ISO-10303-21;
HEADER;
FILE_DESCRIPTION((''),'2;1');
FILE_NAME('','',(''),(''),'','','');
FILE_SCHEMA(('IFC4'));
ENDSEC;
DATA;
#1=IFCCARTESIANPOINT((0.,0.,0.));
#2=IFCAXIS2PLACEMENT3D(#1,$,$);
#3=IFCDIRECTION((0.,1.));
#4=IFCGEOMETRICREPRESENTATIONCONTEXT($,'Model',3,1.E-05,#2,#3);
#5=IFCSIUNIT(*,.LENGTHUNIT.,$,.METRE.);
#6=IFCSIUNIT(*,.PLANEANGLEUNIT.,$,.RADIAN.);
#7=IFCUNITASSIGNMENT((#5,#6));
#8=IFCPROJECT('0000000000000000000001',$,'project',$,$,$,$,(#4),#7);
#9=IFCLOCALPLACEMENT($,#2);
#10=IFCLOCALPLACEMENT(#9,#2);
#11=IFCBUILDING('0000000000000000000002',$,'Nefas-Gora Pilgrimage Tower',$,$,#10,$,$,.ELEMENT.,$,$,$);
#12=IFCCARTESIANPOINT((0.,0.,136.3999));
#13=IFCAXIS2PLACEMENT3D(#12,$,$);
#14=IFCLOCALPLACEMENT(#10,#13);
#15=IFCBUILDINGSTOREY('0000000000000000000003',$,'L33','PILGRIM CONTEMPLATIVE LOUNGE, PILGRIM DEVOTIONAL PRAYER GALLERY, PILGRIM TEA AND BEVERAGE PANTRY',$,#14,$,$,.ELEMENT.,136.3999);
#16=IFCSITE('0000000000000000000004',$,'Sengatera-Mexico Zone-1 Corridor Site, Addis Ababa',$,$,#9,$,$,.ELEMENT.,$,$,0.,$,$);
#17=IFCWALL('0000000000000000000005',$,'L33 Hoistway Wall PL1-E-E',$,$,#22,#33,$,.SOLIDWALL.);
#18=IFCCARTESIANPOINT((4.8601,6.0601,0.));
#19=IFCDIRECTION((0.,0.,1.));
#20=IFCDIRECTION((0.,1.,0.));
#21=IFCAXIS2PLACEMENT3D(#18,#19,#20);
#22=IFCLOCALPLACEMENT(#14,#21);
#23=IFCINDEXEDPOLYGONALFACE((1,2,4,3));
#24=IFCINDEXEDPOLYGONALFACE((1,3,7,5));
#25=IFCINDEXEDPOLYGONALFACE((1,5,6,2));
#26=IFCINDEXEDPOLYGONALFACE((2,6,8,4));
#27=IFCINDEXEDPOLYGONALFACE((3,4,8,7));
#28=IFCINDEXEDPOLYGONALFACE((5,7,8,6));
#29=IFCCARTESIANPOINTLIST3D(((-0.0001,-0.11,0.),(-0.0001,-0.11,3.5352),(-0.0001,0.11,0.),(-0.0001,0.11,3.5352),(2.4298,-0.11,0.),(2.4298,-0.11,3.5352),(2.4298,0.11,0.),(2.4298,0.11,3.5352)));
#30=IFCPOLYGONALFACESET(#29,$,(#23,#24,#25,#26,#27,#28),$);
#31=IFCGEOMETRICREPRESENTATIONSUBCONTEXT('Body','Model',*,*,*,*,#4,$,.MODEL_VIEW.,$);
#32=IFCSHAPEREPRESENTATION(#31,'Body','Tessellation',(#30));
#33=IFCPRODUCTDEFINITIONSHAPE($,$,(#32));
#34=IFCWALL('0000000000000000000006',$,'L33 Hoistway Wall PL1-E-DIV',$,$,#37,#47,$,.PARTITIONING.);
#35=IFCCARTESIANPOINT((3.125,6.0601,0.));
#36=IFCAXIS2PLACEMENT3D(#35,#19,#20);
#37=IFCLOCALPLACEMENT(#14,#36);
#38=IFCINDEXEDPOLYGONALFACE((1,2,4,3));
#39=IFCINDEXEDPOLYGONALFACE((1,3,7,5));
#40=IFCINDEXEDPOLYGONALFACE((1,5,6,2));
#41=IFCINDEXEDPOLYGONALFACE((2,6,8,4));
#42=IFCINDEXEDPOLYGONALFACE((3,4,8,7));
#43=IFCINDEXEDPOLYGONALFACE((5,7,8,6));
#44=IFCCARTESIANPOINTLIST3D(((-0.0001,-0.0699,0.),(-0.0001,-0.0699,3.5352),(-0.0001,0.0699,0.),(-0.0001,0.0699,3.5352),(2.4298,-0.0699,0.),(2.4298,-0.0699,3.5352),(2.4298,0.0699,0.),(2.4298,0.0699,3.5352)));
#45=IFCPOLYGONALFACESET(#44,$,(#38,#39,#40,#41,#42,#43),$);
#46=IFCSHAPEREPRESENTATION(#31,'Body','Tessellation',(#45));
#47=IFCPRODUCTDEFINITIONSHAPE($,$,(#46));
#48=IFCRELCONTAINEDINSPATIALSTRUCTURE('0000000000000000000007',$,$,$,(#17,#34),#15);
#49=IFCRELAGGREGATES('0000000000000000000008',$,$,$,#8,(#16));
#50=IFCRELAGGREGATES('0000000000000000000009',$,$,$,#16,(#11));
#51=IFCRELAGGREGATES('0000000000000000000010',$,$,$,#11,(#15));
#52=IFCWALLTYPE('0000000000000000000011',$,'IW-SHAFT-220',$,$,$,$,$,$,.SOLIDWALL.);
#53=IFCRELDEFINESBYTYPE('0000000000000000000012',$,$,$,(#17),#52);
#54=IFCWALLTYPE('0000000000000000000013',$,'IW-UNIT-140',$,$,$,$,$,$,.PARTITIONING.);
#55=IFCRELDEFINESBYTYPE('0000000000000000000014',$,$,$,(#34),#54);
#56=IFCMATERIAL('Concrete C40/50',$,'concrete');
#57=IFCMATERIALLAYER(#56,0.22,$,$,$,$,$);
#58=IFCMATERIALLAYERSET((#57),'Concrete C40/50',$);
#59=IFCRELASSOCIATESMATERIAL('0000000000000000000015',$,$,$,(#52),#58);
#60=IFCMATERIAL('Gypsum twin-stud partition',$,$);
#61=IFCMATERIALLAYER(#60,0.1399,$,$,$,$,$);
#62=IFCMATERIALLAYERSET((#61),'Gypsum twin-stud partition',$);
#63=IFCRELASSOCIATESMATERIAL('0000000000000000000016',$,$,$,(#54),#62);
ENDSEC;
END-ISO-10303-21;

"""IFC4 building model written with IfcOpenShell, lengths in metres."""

from ifc_helpers import new_model, si_unit, direction, frame, frame_2d, origin, place, context, subcontext, project, spatial, rectangle, extrude, source, transform, mapped, material, layer, layer_set, type_object, element, save


model = new_model("IFC4")

# Units and contexts
model_context = context("Model", 3, precision=1e-05, world=origin(), true_north=direction((0.0, 1.0)))
body_context = subcontext(model_context, "Body", "Model", "MODEL_VIEW")
ifc_project = project(units=[si_unit("LENGTHUNIT", "METRE"), si_unit("PLANEANGLEUNIT", "RADIAN")], contexts=[model_context])

# Site, building, storey
site_placement = place(None, origin())
site = spatial("IfcSite", under=ifc_project, at=site_placement, Name="Sengatera-Mexico Zone-1 Corridor Site, Addis Ababa", CompositionType="ELEMENT", RefElevation=0.0)
building_placement = place(site_placement, origin())
building = spatial("IfcBuilding", under=site, at=building_placement, Name="Nefas-Gora Pilgrimage Tower", CompositionType="ELEMENT")
storey_placement = place(building_placement, frame((0.0, 0.0, 136.3999)))
storey = spatial("IfcBuildingStorey", under=building, at=storey_placement, Name="L33", Description="PILGRIM CONTEMPLATIVE LOUNGE, PILGRIM DEVOTIONAL PRAYER GALLERY, PILGRIM TEA AND BEVERAGE PANTRY", CompositionType="ELEMENT", Elevation=136.3999)

# Shared definitions
ifc_material_1 = material(Name="Concrete C40/50", Category="concrete")
ifc_layer_1 = layer(ifc_material_1, 0.22)
ifc_layer_set_1 = layer_set([ifc_layer_1], Name="Concrete C40/50")
wall_type_1 = type_object("IfcWallType", Name="IW-SHAFT-220", PredefinedType="SOLIDWALL", material=ifc_layer_set_1)

# Walls
shared_shape_1 = source(origin(), body_context, "Body", "SweptSolid", [
    extrude(rectangle(XDim=2.4299, YDim=0.22, at=frame_2d((1.2148, 0.0))), origin(), (0.0, 0.0, 1.0), 3.5352),
])
wall_1_placement = place(storey_placement, frame((4.8601, 6.0601, 0.0), z_axis=(0.0, 0.0, 1.0), x_axis=(0.0, 1.0, 0.0)))
element("IfcWall", 1, at=wall_1_placement, inside=storey, type_object=wall_type_1, Name="L33 Hoistway Wall PL1-E-E", PredefinedType="SOLIDWALL", context=body_context, shape_type="MappedRepresentation", body=[
    mapped(shared_shape_1, transform((0.0, 0.0, 0.0), x_axis=(1.0, 0.0, 0.0), y_axis=(0.0, 1.0, 0.0), z_axis=(0.0, 0.0, 1.0), scale=1.0)),
])
ifc_material_2 = material(Name="Gypsum twin-stud partition")
ifc_layer_2 = layer(ifc_material_2, 0.1399)
ifc_layer_set_2 = layer_set([ifc_layer_2], Name="Gypsum twin-stud partition")
wall_type_2 = type_object("IfcWallType", Name="IW-UNIT-140", PredefinedType="PARTITIONING", material=ifc_layer_set_2)
shared_shape_2 = source(origin(), body_context, "Body", "SweptSolid", [
    extrude(rectangle(XDim=2.4299, YDim=0.1399, at=frame_2d((1.2148, 0.0))), origin(), (0.0, 0.0, 1.0), 3.5352),
])
wall_2_placement = place(storey_placement, frame((3.125, 6.0601, 0.0), z_axis=(0.0, 0.0, 1.0), x_axis=(0.0, 1.0, 0.0)))
element("IfcWall", 2, at=wall_2_placement, inside=storey, type_object=wall_type_2, Name="L33 Hoistway Wall PL1-E-DIV", PredefinedType="PARTITIONING", context=body_context, shape_type="MappedRepresentation", body=[
    mapped(shared_shape_2, transform((0.0, 0.0, 0.0), x_axis=(1.0, 0.0, 0.0), y_axis=(0.0, 1.0, 0.0), z_axis=(0.0, 0.0, 1.0), scale=1.0)),
])

save(model, "model.ifc")
